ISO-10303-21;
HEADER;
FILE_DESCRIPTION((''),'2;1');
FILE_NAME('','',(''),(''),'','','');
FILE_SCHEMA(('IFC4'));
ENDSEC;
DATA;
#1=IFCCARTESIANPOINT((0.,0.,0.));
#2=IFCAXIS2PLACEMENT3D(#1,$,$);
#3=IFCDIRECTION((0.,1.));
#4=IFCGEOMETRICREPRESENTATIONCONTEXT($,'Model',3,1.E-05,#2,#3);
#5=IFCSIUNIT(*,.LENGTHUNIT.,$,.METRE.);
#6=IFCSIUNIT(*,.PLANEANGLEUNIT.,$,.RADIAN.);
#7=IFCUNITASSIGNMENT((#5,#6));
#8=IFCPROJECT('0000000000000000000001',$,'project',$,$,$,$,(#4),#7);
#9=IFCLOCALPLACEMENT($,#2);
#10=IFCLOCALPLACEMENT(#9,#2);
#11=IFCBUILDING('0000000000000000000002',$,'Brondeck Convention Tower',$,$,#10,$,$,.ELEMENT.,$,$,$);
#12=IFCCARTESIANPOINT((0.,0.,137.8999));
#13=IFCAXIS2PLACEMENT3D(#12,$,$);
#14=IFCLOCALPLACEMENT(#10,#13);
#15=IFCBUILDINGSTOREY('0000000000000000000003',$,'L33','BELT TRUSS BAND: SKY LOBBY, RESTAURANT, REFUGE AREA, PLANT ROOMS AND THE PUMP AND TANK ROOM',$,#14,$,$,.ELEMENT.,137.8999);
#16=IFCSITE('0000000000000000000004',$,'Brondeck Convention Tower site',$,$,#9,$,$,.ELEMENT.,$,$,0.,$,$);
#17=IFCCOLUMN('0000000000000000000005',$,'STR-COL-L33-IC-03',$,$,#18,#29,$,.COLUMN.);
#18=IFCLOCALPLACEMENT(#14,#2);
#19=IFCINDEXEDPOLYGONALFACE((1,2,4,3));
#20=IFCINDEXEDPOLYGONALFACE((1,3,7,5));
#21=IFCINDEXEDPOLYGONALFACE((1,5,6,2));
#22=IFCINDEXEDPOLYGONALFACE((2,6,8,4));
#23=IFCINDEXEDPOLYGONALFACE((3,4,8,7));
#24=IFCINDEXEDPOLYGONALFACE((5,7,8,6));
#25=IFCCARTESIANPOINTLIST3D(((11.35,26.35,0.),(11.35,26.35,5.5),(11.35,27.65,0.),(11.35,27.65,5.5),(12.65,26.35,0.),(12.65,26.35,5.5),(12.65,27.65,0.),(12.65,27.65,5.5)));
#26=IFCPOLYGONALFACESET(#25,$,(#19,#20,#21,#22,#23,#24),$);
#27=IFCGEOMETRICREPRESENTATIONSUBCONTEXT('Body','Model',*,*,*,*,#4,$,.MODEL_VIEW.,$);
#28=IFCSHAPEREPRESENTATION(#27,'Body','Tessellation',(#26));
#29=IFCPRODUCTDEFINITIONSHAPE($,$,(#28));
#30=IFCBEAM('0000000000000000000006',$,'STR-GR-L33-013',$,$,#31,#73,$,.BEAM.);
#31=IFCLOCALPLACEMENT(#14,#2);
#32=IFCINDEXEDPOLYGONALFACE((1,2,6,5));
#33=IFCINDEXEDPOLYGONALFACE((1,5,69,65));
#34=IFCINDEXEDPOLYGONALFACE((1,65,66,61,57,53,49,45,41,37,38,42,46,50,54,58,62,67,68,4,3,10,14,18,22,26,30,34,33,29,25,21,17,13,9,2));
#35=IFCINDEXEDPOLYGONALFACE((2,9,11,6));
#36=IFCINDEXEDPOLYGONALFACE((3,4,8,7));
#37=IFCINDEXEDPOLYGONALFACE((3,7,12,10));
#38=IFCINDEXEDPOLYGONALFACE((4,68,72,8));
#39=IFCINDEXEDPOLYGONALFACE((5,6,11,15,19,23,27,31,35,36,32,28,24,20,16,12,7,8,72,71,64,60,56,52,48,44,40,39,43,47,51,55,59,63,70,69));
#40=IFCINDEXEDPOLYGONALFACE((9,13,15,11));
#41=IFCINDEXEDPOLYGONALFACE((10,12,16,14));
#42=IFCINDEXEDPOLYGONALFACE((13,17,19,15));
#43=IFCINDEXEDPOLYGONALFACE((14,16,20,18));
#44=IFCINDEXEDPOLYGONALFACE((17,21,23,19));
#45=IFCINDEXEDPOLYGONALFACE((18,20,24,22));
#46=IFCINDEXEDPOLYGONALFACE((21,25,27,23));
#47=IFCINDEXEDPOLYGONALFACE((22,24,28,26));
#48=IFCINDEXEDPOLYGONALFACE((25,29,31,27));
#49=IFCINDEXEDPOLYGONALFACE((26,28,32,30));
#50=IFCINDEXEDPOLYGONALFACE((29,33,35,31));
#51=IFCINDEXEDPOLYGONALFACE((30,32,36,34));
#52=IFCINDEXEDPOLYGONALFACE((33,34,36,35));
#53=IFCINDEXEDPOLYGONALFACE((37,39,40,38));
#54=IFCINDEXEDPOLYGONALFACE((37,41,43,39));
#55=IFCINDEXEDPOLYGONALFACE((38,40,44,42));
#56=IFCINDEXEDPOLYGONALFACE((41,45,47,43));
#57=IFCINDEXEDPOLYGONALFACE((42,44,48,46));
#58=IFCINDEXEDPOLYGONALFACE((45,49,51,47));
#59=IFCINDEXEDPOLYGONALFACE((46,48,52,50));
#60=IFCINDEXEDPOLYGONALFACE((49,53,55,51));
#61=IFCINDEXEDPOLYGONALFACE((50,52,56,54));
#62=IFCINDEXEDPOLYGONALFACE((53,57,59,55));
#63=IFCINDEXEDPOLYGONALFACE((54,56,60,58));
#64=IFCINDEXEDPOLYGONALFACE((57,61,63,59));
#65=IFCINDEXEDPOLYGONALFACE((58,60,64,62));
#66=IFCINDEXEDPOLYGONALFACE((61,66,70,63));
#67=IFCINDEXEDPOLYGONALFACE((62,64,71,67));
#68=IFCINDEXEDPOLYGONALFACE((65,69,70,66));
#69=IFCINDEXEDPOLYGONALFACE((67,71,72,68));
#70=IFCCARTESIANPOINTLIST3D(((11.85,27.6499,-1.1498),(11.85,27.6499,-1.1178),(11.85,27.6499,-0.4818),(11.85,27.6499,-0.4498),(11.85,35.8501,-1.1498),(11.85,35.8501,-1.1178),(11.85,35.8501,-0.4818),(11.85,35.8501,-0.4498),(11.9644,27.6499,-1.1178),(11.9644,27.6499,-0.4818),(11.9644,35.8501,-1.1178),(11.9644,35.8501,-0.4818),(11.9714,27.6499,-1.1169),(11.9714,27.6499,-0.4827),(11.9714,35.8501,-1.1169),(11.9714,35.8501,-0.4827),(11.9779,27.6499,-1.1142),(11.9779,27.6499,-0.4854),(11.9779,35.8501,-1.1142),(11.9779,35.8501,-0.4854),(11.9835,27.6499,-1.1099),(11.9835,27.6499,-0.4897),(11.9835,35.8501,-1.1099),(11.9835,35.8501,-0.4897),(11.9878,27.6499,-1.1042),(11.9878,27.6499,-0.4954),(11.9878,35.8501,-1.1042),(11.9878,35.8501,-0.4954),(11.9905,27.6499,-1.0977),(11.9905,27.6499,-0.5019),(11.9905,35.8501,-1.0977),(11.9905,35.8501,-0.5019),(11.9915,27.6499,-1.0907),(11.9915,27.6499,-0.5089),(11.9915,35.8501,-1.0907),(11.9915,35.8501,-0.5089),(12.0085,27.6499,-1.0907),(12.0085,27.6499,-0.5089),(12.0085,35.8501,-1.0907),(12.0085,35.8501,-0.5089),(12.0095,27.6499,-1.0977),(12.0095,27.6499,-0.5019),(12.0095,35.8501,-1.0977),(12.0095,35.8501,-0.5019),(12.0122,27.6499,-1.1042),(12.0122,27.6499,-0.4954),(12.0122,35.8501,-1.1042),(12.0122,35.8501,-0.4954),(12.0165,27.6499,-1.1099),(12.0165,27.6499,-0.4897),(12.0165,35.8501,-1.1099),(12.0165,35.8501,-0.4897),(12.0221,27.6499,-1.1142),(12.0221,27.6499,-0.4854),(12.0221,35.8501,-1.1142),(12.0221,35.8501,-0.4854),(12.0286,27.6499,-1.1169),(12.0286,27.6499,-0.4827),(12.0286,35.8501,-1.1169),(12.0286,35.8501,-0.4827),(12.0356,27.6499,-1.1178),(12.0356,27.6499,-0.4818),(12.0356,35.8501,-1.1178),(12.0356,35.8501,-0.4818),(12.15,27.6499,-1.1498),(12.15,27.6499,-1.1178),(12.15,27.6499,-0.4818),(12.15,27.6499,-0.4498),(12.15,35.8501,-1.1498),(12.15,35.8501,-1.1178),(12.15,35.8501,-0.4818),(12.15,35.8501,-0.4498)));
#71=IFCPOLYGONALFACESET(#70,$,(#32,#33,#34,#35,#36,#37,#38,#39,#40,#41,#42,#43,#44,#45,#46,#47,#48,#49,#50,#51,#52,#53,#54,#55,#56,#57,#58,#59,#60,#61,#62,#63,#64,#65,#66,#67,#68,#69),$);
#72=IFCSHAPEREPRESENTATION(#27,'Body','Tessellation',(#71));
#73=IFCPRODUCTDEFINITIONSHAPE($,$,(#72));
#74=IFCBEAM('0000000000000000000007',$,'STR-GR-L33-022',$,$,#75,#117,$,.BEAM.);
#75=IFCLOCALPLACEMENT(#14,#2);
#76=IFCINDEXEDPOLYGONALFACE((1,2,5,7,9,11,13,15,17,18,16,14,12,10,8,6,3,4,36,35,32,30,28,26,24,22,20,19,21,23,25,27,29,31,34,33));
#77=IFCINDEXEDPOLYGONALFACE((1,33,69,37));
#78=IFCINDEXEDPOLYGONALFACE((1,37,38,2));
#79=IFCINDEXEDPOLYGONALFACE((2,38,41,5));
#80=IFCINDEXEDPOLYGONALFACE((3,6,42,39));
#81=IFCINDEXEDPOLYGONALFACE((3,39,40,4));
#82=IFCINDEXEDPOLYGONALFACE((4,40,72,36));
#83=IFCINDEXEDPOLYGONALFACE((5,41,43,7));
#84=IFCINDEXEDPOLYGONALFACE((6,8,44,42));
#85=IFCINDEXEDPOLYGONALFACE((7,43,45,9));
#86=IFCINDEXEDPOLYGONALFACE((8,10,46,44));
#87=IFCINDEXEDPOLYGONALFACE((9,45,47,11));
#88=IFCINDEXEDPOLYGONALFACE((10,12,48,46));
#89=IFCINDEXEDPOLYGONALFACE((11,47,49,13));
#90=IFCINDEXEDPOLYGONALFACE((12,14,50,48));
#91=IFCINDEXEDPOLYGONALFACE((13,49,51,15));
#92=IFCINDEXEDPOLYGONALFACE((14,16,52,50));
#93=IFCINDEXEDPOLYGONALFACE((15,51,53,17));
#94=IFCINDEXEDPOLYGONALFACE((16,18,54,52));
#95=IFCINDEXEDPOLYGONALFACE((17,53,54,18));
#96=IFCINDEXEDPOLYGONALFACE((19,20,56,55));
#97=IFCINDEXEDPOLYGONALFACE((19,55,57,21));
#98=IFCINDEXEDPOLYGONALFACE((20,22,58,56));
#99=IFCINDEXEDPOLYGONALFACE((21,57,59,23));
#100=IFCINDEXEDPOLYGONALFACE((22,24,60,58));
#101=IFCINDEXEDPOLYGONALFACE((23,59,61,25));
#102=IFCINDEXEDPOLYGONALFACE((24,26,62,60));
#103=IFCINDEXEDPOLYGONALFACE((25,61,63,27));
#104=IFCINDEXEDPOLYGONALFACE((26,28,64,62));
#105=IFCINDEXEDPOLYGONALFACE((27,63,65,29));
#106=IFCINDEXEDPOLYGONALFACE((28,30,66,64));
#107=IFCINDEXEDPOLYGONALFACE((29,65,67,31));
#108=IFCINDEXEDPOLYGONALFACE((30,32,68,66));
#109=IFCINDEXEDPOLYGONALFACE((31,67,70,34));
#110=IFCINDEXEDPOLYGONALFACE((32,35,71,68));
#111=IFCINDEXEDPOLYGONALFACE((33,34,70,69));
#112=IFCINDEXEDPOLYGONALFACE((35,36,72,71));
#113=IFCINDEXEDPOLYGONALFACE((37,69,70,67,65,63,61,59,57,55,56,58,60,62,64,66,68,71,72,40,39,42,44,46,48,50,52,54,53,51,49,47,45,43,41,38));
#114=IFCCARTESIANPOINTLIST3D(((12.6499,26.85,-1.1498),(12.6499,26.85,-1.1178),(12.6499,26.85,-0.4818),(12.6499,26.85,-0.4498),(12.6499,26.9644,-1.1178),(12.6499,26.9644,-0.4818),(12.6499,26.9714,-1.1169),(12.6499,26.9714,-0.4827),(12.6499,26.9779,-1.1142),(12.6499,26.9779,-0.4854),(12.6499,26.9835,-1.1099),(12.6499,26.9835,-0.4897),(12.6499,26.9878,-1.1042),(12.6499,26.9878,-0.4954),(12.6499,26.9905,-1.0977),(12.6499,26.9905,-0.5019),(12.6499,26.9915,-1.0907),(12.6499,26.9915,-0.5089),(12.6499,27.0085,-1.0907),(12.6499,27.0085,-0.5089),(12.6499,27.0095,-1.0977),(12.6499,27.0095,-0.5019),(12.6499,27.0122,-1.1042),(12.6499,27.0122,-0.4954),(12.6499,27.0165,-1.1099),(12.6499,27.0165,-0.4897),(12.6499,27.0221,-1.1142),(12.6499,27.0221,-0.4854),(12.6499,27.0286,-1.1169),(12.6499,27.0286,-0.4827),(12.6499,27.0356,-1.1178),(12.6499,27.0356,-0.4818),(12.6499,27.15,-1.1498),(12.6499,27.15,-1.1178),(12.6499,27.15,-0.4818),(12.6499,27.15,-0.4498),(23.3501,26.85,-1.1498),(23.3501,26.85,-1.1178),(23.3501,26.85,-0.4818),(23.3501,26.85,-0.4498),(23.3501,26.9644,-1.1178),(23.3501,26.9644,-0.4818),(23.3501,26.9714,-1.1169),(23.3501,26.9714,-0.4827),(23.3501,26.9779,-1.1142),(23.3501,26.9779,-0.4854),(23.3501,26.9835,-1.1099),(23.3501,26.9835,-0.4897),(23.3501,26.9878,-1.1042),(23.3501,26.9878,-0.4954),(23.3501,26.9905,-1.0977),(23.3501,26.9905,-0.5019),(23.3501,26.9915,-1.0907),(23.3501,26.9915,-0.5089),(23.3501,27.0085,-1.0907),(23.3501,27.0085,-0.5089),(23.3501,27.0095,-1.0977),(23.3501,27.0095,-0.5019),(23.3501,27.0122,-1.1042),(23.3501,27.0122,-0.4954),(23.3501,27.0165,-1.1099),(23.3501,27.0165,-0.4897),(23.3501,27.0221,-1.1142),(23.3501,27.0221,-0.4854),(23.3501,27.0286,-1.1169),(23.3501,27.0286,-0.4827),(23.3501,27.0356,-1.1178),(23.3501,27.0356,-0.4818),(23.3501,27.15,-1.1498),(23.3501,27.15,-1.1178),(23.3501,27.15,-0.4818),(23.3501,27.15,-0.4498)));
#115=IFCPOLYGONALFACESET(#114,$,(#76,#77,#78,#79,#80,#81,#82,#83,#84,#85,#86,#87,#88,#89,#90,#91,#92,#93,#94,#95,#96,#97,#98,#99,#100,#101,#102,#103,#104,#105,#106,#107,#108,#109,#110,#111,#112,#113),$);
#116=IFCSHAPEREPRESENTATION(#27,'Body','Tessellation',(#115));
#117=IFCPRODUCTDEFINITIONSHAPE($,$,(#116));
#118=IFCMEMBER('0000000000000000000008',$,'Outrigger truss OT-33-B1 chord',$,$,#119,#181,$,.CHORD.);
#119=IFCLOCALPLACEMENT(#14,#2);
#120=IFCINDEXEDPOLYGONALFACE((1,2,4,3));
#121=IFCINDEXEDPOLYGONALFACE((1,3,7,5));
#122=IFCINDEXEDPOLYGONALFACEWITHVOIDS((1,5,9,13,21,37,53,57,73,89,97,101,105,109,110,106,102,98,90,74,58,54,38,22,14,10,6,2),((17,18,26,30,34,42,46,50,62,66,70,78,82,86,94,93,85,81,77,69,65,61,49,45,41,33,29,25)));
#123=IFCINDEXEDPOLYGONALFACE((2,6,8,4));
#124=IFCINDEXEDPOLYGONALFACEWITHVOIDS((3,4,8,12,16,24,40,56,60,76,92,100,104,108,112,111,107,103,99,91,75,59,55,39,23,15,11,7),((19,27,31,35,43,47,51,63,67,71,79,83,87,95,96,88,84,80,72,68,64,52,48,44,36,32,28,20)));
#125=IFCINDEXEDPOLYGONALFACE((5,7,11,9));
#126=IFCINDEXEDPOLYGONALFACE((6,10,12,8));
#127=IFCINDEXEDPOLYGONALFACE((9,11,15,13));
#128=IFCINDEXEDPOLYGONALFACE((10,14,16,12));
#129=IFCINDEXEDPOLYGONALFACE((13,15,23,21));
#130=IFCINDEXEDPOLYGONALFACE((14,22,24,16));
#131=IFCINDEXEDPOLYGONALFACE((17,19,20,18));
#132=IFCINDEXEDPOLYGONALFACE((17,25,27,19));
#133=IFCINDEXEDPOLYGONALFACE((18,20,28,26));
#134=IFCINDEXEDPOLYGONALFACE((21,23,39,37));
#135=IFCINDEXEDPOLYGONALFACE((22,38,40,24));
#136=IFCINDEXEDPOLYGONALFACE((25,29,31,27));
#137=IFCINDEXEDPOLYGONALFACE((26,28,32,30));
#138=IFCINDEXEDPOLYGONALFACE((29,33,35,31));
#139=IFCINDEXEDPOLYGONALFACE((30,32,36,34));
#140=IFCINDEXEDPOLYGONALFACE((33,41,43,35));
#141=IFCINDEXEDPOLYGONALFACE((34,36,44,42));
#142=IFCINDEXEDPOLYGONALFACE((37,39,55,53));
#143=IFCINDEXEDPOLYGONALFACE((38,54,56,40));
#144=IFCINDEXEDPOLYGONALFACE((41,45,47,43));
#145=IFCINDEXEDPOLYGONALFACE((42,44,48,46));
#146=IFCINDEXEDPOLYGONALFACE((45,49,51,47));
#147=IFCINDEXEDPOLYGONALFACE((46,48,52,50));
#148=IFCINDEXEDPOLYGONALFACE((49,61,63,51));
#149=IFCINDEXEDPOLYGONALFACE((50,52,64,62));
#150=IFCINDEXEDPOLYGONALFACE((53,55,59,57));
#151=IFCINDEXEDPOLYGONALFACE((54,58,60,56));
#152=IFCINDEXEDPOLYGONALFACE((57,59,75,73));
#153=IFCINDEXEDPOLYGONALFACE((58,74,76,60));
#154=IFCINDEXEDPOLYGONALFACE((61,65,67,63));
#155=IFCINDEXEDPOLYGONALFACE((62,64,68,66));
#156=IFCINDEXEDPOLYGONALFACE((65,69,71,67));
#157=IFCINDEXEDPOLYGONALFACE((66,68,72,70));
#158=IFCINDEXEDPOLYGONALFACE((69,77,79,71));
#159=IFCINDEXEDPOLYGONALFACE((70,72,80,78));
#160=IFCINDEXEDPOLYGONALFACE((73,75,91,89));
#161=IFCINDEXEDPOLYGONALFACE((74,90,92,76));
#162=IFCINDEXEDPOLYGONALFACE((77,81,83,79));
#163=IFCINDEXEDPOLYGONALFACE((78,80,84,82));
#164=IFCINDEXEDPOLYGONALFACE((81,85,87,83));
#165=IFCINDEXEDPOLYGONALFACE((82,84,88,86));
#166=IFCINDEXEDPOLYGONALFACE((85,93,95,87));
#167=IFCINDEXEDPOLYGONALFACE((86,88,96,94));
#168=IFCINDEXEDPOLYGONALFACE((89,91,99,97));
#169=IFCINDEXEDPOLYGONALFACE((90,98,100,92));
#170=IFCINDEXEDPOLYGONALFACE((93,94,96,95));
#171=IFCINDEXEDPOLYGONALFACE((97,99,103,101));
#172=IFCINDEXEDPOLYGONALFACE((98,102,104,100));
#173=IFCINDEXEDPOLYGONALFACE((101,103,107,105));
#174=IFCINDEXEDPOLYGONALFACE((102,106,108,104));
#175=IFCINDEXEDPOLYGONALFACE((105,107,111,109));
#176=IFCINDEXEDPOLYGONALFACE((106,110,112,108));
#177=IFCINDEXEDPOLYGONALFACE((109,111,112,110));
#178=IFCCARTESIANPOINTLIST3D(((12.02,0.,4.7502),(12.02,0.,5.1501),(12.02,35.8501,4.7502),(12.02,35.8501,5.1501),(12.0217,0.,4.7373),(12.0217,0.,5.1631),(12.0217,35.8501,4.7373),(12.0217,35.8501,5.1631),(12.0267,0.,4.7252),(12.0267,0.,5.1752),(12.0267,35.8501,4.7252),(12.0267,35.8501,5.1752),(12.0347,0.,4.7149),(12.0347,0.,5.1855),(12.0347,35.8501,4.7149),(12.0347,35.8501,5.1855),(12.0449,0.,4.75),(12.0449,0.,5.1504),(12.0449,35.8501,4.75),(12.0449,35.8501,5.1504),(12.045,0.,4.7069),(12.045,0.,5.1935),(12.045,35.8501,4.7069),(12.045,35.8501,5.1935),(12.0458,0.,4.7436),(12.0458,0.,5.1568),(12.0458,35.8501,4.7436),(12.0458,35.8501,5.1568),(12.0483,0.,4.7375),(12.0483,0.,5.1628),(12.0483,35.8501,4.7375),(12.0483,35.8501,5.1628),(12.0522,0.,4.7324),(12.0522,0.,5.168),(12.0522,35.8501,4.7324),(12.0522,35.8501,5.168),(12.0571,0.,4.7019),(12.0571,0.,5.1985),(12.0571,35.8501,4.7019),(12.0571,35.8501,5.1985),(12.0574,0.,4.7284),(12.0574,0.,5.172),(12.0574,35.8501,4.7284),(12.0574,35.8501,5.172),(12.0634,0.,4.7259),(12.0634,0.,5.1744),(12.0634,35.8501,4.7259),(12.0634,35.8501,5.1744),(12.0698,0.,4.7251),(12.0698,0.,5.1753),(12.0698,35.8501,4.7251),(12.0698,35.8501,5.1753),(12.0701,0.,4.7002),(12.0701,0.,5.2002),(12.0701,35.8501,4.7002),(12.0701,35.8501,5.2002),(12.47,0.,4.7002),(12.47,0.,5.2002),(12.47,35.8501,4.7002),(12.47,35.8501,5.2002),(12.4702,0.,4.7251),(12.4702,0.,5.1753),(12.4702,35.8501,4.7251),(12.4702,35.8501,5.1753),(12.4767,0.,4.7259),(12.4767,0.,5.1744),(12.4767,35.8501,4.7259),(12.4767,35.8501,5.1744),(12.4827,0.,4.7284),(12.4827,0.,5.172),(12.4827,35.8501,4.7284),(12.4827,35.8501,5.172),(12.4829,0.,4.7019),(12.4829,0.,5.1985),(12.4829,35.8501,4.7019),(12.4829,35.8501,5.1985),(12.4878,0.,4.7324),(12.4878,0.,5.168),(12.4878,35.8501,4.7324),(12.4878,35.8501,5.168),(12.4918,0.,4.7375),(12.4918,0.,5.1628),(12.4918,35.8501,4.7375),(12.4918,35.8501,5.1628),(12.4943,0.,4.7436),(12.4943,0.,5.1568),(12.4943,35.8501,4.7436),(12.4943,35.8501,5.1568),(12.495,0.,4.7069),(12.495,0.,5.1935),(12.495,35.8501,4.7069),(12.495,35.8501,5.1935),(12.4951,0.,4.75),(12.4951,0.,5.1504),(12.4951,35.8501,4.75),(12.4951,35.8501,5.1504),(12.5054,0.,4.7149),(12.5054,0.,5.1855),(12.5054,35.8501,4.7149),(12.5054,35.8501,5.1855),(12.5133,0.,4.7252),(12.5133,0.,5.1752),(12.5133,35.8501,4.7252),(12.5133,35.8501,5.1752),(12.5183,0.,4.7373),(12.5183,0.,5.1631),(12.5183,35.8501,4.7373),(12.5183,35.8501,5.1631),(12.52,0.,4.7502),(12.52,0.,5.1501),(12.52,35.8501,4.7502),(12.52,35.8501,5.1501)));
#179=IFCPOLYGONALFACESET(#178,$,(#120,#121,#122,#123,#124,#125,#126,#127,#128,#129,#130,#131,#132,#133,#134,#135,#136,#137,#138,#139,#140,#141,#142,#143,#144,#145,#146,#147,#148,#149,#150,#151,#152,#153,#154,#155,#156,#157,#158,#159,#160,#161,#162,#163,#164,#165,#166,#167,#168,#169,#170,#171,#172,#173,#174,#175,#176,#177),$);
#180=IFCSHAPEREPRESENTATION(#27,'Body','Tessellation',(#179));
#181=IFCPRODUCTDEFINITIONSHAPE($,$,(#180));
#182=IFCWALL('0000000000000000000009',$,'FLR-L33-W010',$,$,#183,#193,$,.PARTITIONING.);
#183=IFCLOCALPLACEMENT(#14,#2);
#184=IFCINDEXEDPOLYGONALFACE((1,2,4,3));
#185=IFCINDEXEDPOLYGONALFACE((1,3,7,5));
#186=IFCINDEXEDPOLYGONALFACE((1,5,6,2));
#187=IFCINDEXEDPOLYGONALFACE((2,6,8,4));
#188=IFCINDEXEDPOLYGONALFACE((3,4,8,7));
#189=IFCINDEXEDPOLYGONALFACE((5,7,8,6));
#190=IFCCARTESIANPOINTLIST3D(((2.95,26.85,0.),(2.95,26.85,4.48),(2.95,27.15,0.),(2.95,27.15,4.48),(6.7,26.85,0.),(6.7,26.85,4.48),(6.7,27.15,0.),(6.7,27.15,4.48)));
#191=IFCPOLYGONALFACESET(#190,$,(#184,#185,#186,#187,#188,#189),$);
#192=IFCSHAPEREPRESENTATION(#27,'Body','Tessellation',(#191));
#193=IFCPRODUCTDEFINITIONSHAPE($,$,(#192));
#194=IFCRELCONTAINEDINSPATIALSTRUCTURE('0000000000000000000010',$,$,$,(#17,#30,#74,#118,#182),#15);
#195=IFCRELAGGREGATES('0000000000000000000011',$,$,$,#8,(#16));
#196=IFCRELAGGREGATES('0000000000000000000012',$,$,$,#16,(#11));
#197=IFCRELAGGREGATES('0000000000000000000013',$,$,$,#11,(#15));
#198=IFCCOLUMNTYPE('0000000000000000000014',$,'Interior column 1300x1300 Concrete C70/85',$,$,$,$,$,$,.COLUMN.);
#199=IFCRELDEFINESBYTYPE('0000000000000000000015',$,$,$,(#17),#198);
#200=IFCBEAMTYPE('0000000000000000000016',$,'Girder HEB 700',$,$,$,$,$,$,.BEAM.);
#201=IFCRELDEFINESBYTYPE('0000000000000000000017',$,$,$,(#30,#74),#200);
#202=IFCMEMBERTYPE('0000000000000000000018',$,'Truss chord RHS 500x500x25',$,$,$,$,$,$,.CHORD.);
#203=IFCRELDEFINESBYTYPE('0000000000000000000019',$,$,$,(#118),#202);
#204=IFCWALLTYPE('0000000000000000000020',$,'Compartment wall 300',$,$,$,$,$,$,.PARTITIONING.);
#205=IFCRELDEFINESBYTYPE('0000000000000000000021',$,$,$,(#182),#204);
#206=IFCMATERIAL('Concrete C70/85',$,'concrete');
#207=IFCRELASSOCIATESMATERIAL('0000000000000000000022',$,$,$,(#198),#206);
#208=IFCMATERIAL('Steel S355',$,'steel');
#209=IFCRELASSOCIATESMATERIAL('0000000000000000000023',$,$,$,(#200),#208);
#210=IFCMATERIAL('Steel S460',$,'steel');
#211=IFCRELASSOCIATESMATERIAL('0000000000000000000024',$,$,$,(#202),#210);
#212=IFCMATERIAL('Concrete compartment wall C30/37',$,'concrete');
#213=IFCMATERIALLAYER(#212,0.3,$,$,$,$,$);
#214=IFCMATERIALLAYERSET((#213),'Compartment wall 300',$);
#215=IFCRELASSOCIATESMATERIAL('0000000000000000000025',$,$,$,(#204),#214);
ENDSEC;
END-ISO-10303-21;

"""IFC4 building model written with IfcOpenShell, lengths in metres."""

from ifc_helpers import new_model, si_unit, direction, frame, frame_2d, origin, origin_2d, place, context, subcontext, project, spatial, rectangle, hollow_rectangle, i_section, extrude, material, layer, layer_set, material_profile, profile_set, type_object, element, save


model = new_model("IFC4")

# Units and contexts
model_context = context("Model", 3, precision=1e-05, world=origin(), true_north=direction((0.0, 1.0)))
body_context = subcontext(model_context, "Body", "Model", "MODEL_VIEW")
ifc_project = project(units=[si_unit("LENGTHUNIT", "METRE"), si_unit("PLANEANGLEUNIT", "RADIAN")], contexts=[model_context])

# Site, building, storey
site_placement = place(None, origin())
site = spatial("IfcSite", under=ifc_project, at=site_placement, Name="Brondeck Convention Tower site", CompositionType="ELEMENT", RefElevation=0.0)
building_placement = place(site_placement, origin())
building = spatial("IfcBuilding", under=site, at=building_placement, Name="Brondeck Convention Tower", CompositionType="ELEMENT")
storey_placement = place(building_placement, frame((0.0, 0.0, 137.8999)))
storey = spatial("IfcBuildingStorey", under=building, at=storey_placement, Name="L33", Description="BELT TRUSS BAND: SKY LOBBY, RESTAURANT, REFUGE AREA, PLANT ROOMS AND THE PUMP AND TANK ROOM", CompositionType="ELEMENT", Elevation=137.8999)

# Column
ifc_material_1 = material(Name="Concrete C70/85", Category="concrete")
ifc_material_profile_1 = material_profile(ifc_material_1, rectangle(XDim=1.3, YDim=1.3, at=origin_2d()), Name="Interior column 1300x1300 Concrete C70/85")
ifc_profile_set_1 = profile_set([ifc_material_profile_1], Name="Concrete C70/85")
column_type = type_object("IfcColumnType", Name="Interior column 1300x1300 Concrete C70/85", PredefinedType="COLUMN", material=ifc_profile_set_1)
column_placement = place(storey_placement, frame((12.0, 27.0, 0.0), z_axis=(0.0, 0.0, 1.0), x_axis=(1.0, 0.0, 0.0)))
element("IfcColumn", 1, at=column_placement, inside=storey, type_object=column_type, Name="STR-COL-L33-IC-03", PredefinedType="COLUMN", context=body_context, shape_type="SweptSolid", body=[
    extrude(rectangle(XDim=1.3, YDim=1.3, at=origin_2d()), origin(), (0.0, 0.0, 1.0), 5.5),
])

# Beams
ifc_material_2 = material(Name="Steel S355", Category="steel")
ifc_material_profile_2 = material_profile(ifc_material_2, i_section(OverallWidth=0.3, OverallDepth=0.7, WebThickness=0.0171, FlangeThickness=0.032, FilletRadius=0.0271, at=origin_2d()), Name="HEB 700")
ifc_profile_set_2 = profile_set([ifc_material_profile_2], Name="Steel S355")
beam_type = type_object("IfcBeamType", Name="Girder HEB 700", PredefinedType="BEAM", material=ifc_profile_set_2)
beam_1_placement = place(storey_placement, frame((12.0, 35.8501, -0.7998), z_axis=(0.0, -1.0, 0.0), x_axis=(1.0, 0.0, 0.0)))
element("IfcBeam", 2, at=beam_1_placement, inside=storey, type_object=beam_type, Name="STR-GR-L33-013", PredefinedType="BEAM", context=body_context, shape_type="SweptSolid", body=[
    extrude(i_section(OverallWidth=0.3, OverallDepth=0.7, WebThickness=0.0171, FlangeThickness=0.032, FilletRadius=0.0271, at=origin_2d()), origin(), (0.0, 0.0, 1.0), 8.2002),
])
beam_2_placement = place(storey_placement, frame((12.6499, 27.0, -0.7998), z_axis=(1.0, 0.0, 0.0), x_axis=(0.0, 1.0, 0.0)))
element("IfcBeam", 3, at=beam_2_placement, inside=storey, type_object=beam_type, Name="STR-GR-L33-022", PredefinedType="BEAM", context=body_context, shape_type="SweptSolid", body=[
    extrude(i_section(OverallWidth=0.3, OverallDepth=0.7, WebThickness=0.0171, FlangeThickness=0.032, FilletRadius=0.0271, at=origin_2d()), origin(), (0.0, 0.0, 1.0), 10.7002),
])

# Member
ifc_material_3 = material(Name="Steel S460", Category="steel")
ifc_material_profile_3 = material_profile(ifc_material_3, hollow_rectangle(XDim=0.5, YDim=0.5, WallThickness=0.0249, InnerFilletRadius=0.0249, OuterFilletRadius=0.05, at=origin_2d()), Name="RHS 500x500x25")
ifc_profile_set_3 = profile_set([ifc_material_profile_3], Name="Steel S460")
member_type = type_object("IfcMemberType", Name="Truss chord RHS 500x500x25", PredefinedType="CHORD", material=ifc_profile_set_3)
member_placement = place(storey_placement, frame((12.27, 35.8501, 4.9502), z_axis=(0.0, -1.0, 0.0), x_axis=(1.0, 0.0, 0.0)))
element("IfcMember", 4, at=member_placement, inside=storey, type_object=member_type, Name="Outrigger truss OT-33-B1 chord", PredefinedType="CHORD", context=body_context, shape_type="SweptSolid", body=[
    extrude(hollow_rectangle(XDim=0.5, YDim=0.5, WallThickness=0.0249, InnerFilletRadius=0.0249, OuterFilletRadius=0.05, at=origin_2d()), origin(), (0.0, 0.0, 1.0), 35.8501),
])

# Wall
ifc_material_4 = material(Name="Concrete compartment wall C30/37", Category="concrete")
ifc_layer_1 = layer(ifc_material_4, 0.3)
ifc_layer_set_1 = layer_set([ifc_layer_1], Name="Compartment wall 300")
wall_type_1 = type_object("IfcWallType", Name="Compartment wall 300", PredefinedType="PARTITIONING", material=ifc_layer_set_1)
wall_1_placement = place(storey_placement, frame((6.7, 27.0, 0.0), z_axis=(0.0, 0.0, 1.0), x_axis=(-1.0, 0.0, 0.0)))
element("IfcWall", 5, at=wall_1_placement, inside=storey, type_object=wall_type_1, Name="FLR-L33-W010", PredefinedType="PARTITIONING", context=body_context, shape_type="SweptSolid", body=[
    extrude(rectangle(XDim=3.75, YDim=0.3, at=frame_2d((1.875, 0.0))), origin(), (0.0, 0.0, 1.0), 4.48),
])

save(model, "model.ifc")
